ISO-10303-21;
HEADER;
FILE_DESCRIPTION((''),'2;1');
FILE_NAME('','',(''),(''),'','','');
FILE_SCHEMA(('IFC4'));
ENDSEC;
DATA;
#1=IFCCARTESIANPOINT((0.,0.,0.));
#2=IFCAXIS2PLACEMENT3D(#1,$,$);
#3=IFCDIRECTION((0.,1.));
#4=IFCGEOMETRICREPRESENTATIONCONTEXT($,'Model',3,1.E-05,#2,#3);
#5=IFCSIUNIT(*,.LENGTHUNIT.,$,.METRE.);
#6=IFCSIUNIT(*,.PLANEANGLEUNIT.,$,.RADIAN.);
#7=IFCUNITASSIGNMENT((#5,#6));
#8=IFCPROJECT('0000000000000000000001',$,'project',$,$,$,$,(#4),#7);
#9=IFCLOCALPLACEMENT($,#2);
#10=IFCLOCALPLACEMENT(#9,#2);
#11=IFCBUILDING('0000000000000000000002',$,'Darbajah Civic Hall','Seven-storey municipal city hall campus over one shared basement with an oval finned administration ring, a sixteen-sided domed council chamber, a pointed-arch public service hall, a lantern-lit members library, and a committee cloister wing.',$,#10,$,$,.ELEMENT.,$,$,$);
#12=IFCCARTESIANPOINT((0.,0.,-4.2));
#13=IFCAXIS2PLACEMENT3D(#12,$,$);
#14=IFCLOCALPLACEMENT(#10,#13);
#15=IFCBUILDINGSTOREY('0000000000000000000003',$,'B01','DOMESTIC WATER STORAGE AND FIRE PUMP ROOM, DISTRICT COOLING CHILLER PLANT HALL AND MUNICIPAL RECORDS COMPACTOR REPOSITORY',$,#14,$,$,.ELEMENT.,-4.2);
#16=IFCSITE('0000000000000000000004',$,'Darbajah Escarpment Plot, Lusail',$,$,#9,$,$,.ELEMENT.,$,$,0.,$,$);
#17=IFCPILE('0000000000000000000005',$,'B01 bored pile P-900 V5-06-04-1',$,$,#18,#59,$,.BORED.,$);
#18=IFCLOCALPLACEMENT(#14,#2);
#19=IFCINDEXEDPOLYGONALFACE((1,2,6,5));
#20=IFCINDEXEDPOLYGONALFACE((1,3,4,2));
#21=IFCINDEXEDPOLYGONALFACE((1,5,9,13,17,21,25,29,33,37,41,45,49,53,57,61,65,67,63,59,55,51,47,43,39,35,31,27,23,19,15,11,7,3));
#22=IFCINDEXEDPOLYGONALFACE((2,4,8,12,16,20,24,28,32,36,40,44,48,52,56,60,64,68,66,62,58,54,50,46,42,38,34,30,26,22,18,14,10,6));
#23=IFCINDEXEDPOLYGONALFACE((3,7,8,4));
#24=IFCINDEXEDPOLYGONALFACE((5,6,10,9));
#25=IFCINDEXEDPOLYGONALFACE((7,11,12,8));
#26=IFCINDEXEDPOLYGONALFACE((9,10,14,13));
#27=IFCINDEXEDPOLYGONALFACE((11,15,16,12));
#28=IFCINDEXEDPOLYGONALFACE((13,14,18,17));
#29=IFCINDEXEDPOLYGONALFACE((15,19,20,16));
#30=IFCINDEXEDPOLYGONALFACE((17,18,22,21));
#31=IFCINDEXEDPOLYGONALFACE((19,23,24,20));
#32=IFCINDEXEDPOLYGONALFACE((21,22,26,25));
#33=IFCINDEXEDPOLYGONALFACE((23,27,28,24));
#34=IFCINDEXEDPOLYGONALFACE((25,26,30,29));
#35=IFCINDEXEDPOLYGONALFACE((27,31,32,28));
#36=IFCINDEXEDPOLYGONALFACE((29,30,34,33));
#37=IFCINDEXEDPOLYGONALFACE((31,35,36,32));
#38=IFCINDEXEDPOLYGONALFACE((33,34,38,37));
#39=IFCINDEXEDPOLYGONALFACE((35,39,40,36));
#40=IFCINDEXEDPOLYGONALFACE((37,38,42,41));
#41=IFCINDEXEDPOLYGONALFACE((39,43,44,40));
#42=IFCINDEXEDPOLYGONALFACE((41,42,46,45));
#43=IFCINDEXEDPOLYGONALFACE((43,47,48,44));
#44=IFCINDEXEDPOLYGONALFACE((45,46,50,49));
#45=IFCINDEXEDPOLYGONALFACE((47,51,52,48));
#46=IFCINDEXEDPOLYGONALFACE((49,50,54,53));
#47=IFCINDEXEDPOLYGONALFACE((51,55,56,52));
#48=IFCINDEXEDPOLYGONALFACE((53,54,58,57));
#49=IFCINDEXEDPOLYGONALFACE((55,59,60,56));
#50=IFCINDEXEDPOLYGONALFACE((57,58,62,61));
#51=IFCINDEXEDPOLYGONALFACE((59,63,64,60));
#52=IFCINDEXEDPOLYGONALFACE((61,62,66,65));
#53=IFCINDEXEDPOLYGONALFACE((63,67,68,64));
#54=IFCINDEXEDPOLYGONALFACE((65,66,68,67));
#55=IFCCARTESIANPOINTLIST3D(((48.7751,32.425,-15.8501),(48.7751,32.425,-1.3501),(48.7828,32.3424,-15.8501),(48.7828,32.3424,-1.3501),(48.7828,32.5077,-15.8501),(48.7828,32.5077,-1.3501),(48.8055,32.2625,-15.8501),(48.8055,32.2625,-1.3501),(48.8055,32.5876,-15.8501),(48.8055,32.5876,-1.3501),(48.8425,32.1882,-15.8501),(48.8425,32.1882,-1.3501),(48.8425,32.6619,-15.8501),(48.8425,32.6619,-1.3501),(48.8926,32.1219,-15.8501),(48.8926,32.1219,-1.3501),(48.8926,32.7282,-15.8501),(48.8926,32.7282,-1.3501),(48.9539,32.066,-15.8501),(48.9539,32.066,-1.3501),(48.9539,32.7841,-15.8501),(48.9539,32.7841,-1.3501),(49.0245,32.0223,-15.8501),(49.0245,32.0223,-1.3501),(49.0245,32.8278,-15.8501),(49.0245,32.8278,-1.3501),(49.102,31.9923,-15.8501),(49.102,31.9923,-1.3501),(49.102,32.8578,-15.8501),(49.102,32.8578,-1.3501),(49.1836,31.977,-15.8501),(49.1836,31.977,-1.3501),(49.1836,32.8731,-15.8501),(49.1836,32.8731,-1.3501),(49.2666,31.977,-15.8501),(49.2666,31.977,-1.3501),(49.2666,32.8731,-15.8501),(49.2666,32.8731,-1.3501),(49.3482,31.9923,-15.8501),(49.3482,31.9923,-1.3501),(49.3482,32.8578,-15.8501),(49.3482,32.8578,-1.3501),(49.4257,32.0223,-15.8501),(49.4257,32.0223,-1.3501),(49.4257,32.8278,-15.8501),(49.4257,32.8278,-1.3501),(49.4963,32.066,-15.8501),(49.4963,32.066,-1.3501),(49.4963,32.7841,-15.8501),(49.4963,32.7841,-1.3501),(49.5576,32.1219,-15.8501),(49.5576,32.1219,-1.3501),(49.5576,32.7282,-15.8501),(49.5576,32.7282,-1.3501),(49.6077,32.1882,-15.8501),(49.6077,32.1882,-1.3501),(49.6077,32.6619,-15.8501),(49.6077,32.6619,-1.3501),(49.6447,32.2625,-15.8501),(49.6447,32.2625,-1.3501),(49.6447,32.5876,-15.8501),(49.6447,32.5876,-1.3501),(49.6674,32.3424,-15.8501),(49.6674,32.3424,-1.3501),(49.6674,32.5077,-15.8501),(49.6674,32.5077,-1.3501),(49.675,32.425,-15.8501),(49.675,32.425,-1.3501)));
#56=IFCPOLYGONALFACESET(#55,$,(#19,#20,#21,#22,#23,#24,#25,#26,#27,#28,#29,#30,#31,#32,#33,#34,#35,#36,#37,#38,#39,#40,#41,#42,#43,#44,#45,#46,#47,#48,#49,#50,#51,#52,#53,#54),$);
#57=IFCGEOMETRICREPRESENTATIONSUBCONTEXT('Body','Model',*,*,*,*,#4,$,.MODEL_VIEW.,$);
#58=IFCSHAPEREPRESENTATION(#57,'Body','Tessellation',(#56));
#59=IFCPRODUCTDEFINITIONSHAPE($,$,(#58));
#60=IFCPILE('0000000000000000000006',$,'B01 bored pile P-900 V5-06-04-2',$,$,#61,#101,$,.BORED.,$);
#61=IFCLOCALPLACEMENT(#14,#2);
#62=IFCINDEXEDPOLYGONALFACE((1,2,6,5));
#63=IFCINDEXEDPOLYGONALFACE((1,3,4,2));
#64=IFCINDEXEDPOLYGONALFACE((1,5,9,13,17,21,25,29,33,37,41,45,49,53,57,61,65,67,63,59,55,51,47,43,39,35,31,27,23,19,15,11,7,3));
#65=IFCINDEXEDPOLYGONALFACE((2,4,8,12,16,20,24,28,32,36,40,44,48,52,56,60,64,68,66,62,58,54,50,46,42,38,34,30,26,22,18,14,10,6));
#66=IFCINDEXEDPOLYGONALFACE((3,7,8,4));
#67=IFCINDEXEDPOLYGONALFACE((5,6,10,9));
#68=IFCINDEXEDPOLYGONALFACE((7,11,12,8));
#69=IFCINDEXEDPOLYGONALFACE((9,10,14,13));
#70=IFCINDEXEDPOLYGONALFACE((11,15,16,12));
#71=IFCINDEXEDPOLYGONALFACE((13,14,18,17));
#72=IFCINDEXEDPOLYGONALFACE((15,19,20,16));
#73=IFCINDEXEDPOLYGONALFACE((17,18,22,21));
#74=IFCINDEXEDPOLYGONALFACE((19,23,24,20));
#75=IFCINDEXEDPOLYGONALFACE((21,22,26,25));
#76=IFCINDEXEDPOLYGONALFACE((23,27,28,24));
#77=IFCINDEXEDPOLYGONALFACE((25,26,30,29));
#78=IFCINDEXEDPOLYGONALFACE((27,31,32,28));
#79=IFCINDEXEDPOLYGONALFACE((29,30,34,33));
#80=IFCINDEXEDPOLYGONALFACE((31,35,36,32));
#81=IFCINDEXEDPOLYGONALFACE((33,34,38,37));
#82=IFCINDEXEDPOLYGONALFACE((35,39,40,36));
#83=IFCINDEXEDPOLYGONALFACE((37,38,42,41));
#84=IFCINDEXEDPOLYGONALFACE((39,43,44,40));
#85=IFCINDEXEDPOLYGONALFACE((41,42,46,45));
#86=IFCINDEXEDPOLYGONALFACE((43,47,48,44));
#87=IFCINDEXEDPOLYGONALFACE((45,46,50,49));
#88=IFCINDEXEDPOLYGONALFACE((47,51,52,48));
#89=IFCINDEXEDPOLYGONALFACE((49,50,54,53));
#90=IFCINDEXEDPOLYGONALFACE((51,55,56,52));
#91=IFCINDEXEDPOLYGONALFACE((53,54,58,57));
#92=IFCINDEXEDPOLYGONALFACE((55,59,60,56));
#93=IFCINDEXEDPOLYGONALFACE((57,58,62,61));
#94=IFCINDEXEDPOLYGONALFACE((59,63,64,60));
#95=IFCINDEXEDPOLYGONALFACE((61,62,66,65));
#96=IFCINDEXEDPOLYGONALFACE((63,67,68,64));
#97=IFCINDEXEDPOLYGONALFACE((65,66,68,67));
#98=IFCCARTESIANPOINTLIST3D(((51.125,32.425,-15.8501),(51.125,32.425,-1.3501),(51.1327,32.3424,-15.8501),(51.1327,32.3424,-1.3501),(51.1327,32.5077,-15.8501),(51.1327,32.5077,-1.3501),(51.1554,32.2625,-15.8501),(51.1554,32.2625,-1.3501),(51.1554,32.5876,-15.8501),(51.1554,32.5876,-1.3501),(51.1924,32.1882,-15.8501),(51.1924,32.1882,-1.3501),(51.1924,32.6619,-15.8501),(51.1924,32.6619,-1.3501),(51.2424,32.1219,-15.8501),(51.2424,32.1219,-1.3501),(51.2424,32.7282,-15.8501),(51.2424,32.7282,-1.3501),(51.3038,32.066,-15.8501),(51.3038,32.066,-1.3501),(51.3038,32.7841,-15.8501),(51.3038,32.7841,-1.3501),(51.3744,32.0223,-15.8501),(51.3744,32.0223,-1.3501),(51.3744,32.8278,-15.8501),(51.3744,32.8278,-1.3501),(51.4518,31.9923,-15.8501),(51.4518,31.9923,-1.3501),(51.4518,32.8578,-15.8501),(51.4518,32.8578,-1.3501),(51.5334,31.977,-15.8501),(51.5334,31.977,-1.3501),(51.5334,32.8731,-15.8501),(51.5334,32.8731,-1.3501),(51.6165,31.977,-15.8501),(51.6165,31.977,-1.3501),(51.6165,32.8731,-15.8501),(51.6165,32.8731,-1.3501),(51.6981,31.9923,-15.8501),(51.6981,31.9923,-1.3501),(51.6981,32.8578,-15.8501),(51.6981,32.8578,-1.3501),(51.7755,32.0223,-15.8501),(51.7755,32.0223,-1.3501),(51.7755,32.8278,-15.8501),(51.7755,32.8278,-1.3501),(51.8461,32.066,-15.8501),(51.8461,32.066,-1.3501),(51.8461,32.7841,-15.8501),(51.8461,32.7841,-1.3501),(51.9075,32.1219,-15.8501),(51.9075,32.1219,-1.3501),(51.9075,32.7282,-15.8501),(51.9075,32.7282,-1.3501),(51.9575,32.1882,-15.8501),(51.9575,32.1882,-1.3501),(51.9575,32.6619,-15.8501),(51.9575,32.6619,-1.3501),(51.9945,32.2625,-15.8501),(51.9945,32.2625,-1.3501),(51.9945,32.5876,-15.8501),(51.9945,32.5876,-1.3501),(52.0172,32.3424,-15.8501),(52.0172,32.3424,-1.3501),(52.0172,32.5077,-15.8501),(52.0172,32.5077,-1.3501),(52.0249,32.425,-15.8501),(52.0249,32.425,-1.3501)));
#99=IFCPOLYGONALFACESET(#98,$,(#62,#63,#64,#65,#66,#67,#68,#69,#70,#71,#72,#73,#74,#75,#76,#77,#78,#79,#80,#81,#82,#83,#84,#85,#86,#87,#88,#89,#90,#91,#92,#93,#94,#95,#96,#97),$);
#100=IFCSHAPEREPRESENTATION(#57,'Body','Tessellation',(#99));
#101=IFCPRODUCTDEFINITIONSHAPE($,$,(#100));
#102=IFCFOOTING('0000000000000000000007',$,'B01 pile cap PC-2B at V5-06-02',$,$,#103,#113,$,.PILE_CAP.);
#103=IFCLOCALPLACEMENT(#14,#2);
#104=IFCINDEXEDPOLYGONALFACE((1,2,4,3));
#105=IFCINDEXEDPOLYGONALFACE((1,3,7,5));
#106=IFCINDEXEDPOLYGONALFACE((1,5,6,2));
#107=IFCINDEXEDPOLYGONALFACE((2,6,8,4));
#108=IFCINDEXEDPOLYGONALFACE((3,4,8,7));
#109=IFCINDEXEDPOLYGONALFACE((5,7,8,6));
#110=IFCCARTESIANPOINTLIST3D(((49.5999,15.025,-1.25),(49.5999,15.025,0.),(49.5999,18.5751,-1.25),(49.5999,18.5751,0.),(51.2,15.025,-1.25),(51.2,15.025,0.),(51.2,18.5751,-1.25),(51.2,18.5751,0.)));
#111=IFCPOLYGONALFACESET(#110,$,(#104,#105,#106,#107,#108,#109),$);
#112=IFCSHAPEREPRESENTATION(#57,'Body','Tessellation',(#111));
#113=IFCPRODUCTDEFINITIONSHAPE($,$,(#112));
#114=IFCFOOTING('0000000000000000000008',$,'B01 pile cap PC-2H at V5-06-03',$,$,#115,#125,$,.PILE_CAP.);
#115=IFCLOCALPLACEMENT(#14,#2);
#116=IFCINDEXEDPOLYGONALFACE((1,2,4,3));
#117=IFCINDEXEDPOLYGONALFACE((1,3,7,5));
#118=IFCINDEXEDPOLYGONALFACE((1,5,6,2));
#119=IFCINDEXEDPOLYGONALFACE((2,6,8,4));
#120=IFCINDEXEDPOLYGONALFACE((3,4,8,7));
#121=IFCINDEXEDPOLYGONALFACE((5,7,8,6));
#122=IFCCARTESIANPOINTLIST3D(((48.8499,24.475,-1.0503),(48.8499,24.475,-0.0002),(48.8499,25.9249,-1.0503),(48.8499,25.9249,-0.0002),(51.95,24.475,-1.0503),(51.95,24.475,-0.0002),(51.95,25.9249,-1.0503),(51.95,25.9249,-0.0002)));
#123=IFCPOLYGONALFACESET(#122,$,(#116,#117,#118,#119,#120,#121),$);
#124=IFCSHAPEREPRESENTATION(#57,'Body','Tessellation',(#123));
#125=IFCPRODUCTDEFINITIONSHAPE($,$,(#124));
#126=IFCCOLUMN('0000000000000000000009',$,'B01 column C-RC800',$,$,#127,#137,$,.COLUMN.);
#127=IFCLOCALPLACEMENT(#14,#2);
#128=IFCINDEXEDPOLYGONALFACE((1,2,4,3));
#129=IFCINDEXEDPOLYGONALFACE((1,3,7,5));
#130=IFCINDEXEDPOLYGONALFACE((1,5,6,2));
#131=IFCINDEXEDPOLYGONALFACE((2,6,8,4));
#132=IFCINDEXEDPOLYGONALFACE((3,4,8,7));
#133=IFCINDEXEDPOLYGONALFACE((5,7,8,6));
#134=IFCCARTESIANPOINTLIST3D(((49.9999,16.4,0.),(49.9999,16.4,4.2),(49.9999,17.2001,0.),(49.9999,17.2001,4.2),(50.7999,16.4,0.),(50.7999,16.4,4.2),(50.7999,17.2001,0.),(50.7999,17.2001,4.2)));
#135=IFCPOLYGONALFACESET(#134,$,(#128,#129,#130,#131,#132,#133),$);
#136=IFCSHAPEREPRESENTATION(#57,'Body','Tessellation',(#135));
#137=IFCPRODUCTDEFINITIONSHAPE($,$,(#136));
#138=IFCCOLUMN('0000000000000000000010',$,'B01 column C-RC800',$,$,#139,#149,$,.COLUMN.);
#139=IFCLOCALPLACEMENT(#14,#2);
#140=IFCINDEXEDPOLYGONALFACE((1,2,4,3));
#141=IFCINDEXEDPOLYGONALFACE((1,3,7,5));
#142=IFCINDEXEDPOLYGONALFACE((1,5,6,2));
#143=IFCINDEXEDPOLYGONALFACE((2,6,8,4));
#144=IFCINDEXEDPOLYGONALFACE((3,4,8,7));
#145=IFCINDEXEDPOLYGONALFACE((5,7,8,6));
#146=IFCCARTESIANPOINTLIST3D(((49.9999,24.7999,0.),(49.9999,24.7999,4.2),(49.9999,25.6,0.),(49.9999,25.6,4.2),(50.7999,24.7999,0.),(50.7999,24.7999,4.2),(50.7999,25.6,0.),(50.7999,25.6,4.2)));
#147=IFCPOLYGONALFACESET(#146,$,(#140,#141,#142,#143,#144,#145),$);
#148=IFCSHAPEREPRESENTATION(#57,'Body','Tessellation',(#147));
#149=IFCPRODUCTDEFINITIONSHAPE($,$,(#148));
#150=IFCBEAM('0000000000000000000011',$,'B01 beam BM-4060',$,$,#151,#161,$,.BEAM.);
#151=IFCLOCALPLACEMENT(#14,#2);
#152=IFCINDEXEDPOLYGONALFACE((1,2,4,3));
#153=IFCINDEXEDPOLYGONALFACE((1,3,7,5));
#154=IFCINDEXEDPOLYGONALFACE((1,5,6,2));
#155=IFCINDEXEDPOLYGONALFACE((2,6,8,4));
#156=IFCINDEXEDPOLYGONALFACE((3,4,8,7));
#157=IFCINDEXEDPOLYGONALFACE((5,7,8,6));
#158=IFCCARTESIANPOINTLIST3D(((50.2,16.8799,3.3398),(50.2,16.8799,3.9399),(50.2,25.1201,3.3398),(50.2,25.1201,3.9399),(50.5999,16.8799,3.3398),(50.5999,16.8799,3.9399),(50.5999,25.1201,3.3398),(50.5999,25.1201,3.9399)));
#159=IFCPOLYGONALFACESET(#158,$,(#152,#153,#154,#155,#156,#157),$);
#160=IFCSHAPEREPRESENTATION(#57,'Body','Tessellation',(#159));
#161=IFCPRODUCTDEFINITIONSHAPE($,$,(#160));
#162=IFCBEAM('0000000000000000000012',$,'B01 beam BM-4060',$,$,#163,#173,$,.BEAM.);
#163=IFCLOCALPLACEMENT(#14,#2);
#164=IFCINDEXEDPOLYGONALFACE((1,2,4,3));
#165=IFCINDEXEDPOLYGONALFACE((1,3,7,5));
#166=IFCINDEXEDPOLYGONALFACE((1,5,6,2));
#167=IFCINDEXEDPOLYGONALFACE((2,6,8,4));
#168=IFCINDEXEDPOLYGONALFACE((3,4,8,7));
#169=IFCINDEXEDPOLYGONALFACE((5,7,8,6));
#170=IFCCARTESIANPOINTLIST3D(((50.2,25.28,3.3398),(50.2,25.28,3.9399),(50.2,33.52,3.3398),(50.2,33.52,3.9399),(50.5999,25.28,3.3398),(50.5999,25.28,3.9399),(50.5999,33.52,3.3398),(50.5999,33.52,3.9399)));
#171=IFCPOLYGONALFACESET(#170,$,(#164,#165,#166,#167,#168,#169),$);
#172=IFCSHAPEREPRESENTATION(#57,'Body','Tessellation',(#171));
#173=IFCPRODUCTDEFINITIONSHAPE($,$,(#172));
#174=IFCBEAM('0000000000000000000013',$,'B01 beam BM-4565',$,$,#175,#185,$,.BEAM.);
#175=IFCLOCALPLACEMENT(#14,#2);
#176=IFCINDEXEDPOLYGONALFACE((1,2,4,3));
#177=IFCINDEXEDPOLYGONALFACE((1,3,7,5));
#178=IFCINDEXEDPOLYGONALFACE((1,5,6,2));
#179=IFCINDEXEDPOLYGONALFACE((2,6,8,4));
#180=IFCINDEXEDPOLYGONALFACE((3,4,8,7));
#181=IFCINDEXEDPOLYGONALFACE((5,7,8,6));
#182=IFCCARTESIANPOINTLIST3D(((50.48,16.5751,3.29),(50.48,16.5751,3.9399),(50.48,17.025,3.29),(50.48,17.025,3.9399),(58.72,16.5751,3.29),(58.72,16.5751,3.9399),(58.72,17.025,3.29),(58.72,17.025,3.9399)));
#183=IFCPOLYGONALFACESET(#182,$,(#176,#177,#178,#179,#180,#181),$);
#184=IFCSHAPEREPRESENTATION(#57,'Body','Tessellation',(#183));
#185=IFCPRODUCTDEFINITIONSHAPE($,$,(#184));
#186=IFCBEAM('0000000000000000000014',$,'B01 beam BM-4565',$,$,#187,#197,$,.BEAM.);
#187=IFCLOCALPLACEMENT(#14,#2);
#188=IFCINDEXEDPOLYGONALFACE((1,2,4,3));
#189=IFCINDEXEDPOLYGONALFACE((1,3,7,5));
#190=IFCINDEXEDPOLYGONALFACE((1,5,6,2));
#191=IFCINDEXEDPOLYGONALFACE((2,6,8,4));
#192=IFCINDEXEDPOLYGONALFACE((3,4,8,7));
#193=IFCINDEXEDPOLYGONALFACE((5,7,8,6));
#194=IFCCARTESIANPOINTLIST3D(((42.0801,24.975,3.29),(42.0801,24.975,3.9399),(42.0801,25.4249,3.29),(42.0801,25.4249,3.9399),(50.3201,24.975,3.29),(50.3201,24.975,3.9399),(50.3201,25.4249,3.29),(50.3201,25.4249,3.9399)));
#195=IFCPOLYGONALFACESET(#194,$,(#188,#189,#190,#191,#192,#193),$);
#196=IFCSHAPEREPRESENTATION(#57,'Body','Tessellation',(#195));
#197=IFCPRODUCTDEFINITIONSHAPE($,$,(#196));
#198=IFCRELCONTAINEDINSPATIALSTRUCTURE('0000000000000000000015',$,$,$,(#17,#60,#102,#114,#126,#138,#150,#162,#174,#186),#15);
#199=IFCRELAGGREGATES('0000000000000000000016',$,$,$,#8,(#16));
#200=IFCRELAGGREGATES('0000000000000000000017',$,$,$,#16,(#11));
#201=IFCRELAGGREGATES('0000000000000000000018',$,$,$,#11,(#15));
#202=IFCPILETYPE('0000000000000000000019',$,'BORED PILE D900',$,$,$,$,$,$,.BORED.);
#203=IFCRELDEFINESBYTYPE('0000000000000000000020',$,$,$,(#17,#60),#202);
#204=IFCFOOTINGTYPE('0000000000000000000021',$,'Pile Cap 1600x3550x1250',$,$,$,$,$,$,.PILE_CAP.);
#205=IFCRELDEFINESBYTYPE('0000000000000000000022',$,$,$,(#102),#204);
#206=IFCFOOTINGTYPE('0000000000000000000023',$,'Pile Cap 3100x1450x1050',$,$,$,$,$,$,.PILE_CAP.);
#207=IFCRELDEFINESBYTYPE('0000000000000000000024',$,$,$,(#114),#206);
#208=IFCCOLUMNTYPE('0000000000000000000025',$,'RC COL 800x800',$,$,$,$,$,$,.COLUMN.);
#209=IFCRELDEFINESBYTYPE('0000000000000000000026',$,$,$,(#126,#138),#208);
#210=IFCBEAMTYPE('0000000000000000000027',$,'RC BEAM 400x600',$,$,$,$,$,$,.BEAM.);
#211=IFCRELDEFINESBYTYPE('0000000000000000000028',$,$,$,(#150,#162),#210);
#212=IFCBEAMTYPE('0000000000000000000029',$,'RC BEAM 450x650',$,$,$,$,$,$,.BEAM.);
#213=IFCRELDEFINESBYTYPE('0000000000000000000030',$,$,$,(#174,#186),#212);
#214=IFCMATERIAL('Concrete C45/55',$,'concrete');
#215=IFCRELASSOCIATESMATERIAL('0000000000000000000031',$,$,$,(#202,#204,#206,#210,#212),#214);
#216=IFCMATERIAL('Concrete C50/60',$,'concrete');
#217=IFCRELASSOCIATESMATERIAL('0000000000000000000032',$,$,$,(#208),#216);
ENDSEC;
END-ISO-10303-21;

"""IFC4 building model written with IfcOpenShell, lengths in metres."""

from ifc_helpers import new_model, si_unit, direction, frame, origin, origin_2d, place, context, subcontext, project, spatial, rectangle, circle, extrude, material, material_profile, profile_set, type_object, element, save


model = new_model("IFC4")

# Units and contexts
model_context = context("Model", 3, precision=1e-05, world=origin(), true_north=direction((0.0, 1.0)))
body_context = subcontext(model_context, "Body", "Model", "MODEL_VIEW")
ifc_project = project(units=[si_unit("LENGTHUNIT", "METRE"), si_unit("PLANEANGLEUNIT", "RADIAN")], contexts=[model_context])

# Site, building, storey
site_placement = place(None, origin())
site = spatial("IfcSite", under=ifc_project, at=site_placement, Name="Darbajah Escarpment Plot, Lusail", CompositionType="ELEMENT", RefElevation=0.0)
building_placement = place(site_placement, origin())
building = spatial("IfcBuilding", under=site, at=building_placement, Name="Darbajah Civic Hall", Description="Seven-storey municipal city hall campus over one shared basement with an oval finned administration ring, a sixteen-sided domed council chamber, a pointed-arch public service hall, a lantern-lit members library, and a committee cloister wing.", CompositionType="ELEMENT")
storey_placement = place(building_placement, frame((0.0, 0.0, -4.2)))
storey = spatial("IfcBuildingStorey", under=building, at=storey_placement, Name="B01", Description="DOMESTIC WATER STORAGE AND FIRE PUMP ROOM, DISTRICT COOLING CHILLER PLANT HALL AND MUNICIPAL RECORDS COMPACTOR REPOSITORY", CompositionType="ELEMENT", Elevation=-4.2)

# Piles
ifc_material_1 = material(Name="Concrete C45/55", Category="concrete")
ifc_material_profile_1 = material_profile(ifc_material_1, circle(Radius=0.45, at=origin_2d()), Name="BORED PILE D900")
ifc_profile_set_1 = profile_set([ifc_material_profile_1], Name="Concrete C45/55")
pile_type_1 = type_object("IfcPileType", Name="BORED PILE D900", PredefinedType="BORED", material=ifc_profile_set_1)
for number, where, z_axis, x_axis, name in (
    (1, (49.2251, 32.425, -1.3501), (0.0, 0.0, -1.0), (1.0, 0.0, 0.0), "B01 bored pile P-900 V5-06-04-1"),
    (2, (51.575, 32.425, -1.3501), (0.0, 0.0, -1.0), (1.0, 0.0, 0.0), "B01 bored pile P-900 V5-06-04-2"),
):
    element("IfcPile", number, at=place(storey_placement, frame(where, z_axis=z_axis, x_axis=x_axis)), inside=storey, type_object=pile_type_1, Name=name, PredefinedType="BORED", context=body_context, shape_type="SweptSolid", body=[
        extrude(circle(Radius=0.45, at=origin_2d()), origin(), (0.0, 0.0, 1.0), 14.5),
    ])

# Footings
footing_type_1 = type_object("IfcFootingType", Name="Pile Cap 1600x3550x1250", PredefinedType="PILE_CAP", material=ifc_material_1)
footing_1_placement = place(storey_placement, frame((50.3999, 16.8, -1.25), z_axis=(0.0, 0.0, 1.0), x_axis=(1.0, 0.0, 0.0)))
element("IfcFooting", 3, at=footing_1_placement, inside=storey, type_object=footing_type_1, Name="B01 pile cap PC-2B at V5-06-02", PredefinedType="PILE_CAP", context=body_context, shape_type="SweptSolid", body=[
    extrude(rectangle(XDim=1.6001, YDim=3.55, at=origin_2d()), origin(), (0.0, 0.0, 1.0), 1.25),
])
footing_type_2 = type_object("IfcFootingType", Name="Pile Cap 3100x1450x1050", PredefinedType="PILE_CAP", material=ifc_material_1)
footing_2_placement = place(storey_placement, frame((50.3999, 25.2, -1.0503), z_axis=(0.0, 0.0, 1.0), x_axis=(1.0, 0.0, 0.0)))
element("IfcFooting", 4, at=footing_2_placement, inside=storey, type_object=footing_type_2, Name="B01 pile cap PC-2H at V5-06-03", PredefinedType="PILE_CAP", context=body_context, shape_type="SweptSolid", body=[
    extrude(rectangle(XDim=3.1001, YDim=1.45, at=origin_2d()), origin(), (0.0, 0.0, 1.0), 1.05),
])

# Columns
ifc_material_2 = material(Name="Concrete C50/60", Category="concrete")
ifc_material_profile_2 = material_profile(ifc_material_2, rectangle(XDim=0.8, YDim=0.8, at=origin_2d()), Name="RC COL 800x800")
ifc_profile_set_2 = profile_set([ifc_material_profile_2], Name="Concrete C50/60")
column_type = type_object("IfcColumnType", Name="RC COL 800x800", PredefinedType="COLUMN", material=ifc_profile_set_2)
for number, where, z_axis, x_axis, name in (
    (5, (50.3999, 16.8, 0.0), (0.0, 0.0, 1.0), (1.0, 0.0, 0.0), "B01 column C-RC800"),
    (6, (50.3999, 25.2, 0.0), (0.0, 0.0, 1.0), (1.0, 0.0, 0.0), "B01 column C-RC800"),
):
    element("IfcColumn", number, at=place(storey_placement, frame(where, z_axis=z_axis, x_axis=x_axis)), inside=storey, type_object=column_type, Name=name, PredefinedType="COLUMN", context=body_context, shape_type="SweptSolid", body=[
        extrude(rectangle(XDim=0.8, YDim=0.8, at=origin_2d()), origin(), (0.0, 0.0, 1.0), 4.2),
    ])

# Beams
ifc_material_profile_3 = material_profile(ifc_material_1, rectangle(XDim=0.3999, YDim=0.6001, at=origin_2d()), Name="RC BEAM 400x600")
ifc_profile_set_3 = profile_set([ifc_material_profile_3], Name="Concrete C45/55")
beam_type_1 = type_object("IfcBeamType", Name="RC BEAM 400x600", PredefinedType="BEAM", material=ifc_profile_set_3)
beam_1_placement = place(storey_placement, frame((50.3999, 16.8799, 3.6399), z_axis=(0.0, 1.0, 0.0), x_axis=(-1.0, 0.0, 0.0)))
element("IfcBeam", 7, at=beam_1_placement, inside=storey, type_object=beam_type_1, Name="B01 beam BM-4060", PredefinedType="BEAM", context=body_context, shape_type="SweptSolid", body=[
    extrude(rectangle(XDim=0.3999, YDim=0.6001, at=origin_2d()), origin(), (0.0, 0.0, 1.0), 8.2402),
])
beam_2_placement = place(storey_placement, frame((50.3999, 25.28, 3.6399), z_axis=(0.0, 1.0, 0.0), x_axis=(-1.0, 0.0, 0.0)))
element("IfcBeam", 8, at=beam_2_placement, inside=storey, type_object=beam_type_1, Name="B01 beam BM-4060", PredefinedType="BEAM", context=body_context, shape_type="SweptSolid", body=[
    extrude(rectangle(XDim=0.3999, YDim=0.6001, at=origin_2d()), origin(), (0.0, 0.0, 1.0), 8.24),
])
ifc_material_profile_4 = material_profile(ifc_material_1, rectangle(XDim=0.45, YDim=0.6499, at=origin_2d()), Name="RC BEAM 450x650")
ifc_profile_set_4 = profile_set([ifc_material_profile_4], Name="Concrete C45/55")
beam_type_2 = type_object("IfcBeamType", Name="RC BEAM 450x650", PredefinedType="BEAM", material=ifc_profile_set_4)
for number, where, z_axis, x_axis, name in (
    (9, (50.48, 16.8, 3.615), (1.0, 0.0, 0.0), (0.0, 1.0, 0.0), "B01 beam BM-4565"),
    (10, (42.0801, 25.2, 3.615), (1.0, 0.0, 0.0), (0.0, 1.0, 0.0), "B01 beam BM-4565"),
):
    element("IfcBeam", number, at=place(storey_placement, frame(where, z_axis=z_axis, x_axis=x_axis)), inside=storey, type_object=beam_type_2, Name=name, PredefinedType="BEAM", context=body_context, shape_type="SweptSolid", body=[
        extrude(rectangle(XDim=0.45, YDim=0.6499, at=origin_2d()), origin(), (0.0, 0.0, 1.0), 8.24),
    ])

save(model, "model.ifc")
